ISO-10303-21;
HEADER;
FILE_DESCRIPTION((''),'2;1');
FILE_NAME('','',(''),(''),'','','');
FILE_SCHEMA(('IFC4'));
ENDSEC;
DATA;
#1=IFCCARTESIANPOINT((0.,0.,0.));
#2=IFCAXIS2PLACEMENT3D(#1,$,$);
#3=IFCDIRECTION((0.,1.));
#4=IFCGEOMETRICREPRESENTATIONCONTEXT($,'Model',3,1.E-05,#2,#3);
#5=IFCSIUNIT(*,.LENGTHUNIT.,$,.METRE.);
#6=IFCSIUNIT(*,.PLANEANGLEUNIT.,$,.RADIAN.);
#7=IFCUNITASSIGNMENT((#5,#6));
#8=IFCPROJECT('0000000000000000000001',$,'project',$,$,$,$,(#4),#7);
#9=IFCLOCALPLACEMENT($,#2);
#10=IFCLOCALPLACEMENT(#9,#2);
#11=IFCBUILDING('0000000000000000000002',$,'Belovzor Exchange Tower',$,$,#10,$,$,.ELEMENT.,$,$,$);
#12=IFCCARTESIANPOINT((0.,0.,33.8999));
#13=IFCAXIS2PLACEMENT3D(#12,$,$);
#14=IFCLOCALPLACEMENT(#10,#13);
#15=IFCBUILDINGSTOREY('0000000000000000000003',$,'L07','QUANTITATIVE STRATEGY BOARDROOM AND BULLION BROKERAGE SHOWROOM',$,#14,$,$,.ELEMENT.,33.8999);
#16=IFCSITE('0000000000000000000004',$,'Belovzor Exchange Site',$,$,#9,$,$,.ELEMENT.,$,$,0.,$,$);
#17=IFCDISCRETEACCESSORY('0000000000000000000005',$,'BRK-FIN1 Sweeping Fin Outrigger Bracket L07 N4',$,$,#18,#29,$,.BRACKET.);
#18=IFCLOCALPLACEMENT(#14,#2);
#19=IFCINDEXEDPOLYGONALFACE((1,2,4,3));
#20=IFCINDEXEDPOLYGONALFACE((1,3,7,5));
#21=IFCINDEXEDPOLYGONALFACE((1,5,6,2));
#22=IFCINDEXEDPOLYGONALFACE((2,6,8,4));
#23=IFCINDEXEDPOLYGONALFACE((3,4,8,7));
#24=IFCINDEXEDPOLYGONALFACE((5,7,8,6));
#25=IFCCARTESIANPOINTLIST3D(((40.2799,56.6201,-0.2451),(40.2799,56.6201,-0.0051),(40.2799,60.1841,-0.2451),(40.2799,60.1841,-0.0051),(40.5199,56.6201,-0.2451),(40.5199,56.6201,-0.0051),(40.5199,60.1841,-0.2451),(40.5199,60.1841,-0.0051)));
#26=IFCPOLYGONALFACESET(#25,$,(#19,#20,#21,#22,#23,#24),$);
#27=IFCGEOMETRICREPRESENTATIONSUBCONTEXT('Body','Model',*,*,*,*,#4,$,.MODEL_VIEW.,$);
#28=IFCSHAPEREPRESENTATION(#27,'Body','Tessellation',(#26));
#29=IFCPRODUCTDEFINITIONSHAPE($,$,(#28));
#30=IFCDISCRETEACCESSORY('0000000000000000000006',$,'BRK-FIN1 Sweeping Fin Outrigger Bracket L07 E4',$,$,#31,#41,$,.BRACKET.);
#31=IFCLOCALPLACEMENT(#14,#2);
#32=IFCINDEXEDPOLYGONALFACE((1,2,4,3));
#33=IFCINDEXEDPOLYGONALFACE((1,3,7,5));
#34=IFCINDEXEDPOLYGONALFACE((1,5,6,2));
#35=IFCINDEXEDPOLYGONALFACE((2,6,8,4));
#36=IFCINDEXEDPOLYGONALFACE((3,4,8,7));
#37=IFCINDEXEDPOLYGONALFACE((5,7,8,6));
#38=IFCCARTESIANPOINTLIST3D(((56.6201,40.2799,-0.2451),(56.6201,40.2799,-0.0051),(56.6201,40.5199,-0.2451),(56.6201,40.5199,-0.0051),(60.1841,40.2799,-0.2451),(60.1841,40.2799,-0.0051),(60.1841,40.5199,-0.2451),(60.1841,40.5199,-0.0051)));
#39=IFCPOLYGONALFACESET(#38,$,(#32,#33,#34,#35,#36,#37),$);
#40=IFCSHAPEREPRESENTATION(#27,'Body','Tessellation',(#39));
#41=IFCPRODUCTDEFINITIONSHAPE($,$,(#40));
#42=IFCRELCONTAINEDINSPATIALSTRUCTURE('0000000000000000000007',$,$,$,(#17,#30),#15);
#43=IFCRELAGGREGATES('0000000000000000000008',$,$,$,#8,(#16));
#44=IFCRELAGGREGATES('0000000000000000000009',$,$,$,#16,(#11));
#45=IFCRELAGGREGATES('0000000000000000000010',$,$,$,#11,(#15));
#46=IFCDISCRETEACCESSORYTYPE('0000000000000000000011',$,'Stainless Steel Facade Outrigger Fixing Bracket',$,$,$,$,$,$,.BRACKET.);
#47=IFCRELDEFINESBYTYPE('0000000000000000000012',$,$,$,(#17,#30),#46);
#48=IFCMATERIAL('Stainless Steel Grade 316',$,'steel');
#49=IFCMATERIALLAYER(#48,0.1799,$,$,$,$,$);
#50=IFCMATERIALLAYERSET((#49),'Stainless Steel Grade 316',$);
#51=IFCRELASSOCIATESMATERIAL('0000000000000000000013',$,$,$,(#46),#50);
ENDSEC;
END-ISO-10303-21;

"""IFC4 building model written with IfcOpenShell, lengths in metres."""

from ifc_helpers import new_model, si_unit, direction, frame, origin, origin_2d, place, context, subcontext, project, spatial, rectangle, extrude, material, layer, layer_set, type_object, element, save


model = new_model("IFC4")

# Units and contexts
model_context = context("Model", 3, precision=1e-05, world=origin(), true_north=direction((0.0, 1.0)))
body_context = subcontext(model_context, "Body", "Model", "MODEL_VIEW")
ifc_project = project(units=[si_unit("LENGTHUNIT", "METRE"), si_unit("PLANEANGLEUNIT", "RADIAN")], contexts=[model_context])

# Site, building, storey
site_placement = place(None, origin())
site = spatial("IfcSite", under=ifc_project, at=site_placement, Name="Belovzor Exchange Site", CompositionType="ELEMENT", RefElevation=0.0)
building_placement = place(site_placement, origin())
building = spatial("IfcBuilding", under=site, at=building_placement, Name="Belovzor Exchange Tower", CompositionType="ELEMENT")
storey_placement = place(building_placement, frame((0.0, 0.0, 33.8999)))
storey = spatial("IfcBuildingStorey", under=building, at=storey_placement, Name="L07", Description="QUANTITATIVE STRATEGY BOARDROOM AND BULLION BROKERAGE SHOWROOM", CompositionType="ELEMENT", Elevation=33.8999)

# Discrete accessories
ifc_material_1 = material(Name="Stainless Steel Grade 316", Category="steel")
ifc_layer_1 = layer(ifc_material_1, 0.1799)
ifc_layer_set_1 = layer_set([ifc_layer_1], Name="Stainless Steel Grade 316")
discrete_accessory_type = type_object("IfcDiscreteAccessoryType", Name="Stainless Steel Facade Outrigger Fixing Bracket", PredefinedType="BRACKET", material=ifc_layer_set_1)
for number, where, z_axis, x_axis, name in (
    (1, (40.3999, 58.4021, -0.2451), (0.0, 0.0, 1.0), (0.0, 1.0, 0.0), "BRK-FIN1 Sweeping Fin Outrigger Bracket L07 N4"),
    (2, (58.4021, 40.3999, -0.2451), (0.0, 0.0, 1.0), (1.0, 0.0, 0.0), "BRK-FIN1 Sweeping Fin Outrigger Bracket L07 E4"),
):
    element("IfcDiscreteAccessory", number, at=place(storey_placement, frame(where, z_axis=z_axis, x_axis=x_axis)), inside=storey, type_object=discrete_accessory_type, Name=name, PredefinedType="BRACKET", context=body_context, shape_type="SweptSolid", body=[
        extrude(rectangle(XDim=3.564, YDim=0.24, at=origin_2d()), origin(), (0.0, 0.0, 1.0), 0.24),
    ])

save(model, "model.ifc")
